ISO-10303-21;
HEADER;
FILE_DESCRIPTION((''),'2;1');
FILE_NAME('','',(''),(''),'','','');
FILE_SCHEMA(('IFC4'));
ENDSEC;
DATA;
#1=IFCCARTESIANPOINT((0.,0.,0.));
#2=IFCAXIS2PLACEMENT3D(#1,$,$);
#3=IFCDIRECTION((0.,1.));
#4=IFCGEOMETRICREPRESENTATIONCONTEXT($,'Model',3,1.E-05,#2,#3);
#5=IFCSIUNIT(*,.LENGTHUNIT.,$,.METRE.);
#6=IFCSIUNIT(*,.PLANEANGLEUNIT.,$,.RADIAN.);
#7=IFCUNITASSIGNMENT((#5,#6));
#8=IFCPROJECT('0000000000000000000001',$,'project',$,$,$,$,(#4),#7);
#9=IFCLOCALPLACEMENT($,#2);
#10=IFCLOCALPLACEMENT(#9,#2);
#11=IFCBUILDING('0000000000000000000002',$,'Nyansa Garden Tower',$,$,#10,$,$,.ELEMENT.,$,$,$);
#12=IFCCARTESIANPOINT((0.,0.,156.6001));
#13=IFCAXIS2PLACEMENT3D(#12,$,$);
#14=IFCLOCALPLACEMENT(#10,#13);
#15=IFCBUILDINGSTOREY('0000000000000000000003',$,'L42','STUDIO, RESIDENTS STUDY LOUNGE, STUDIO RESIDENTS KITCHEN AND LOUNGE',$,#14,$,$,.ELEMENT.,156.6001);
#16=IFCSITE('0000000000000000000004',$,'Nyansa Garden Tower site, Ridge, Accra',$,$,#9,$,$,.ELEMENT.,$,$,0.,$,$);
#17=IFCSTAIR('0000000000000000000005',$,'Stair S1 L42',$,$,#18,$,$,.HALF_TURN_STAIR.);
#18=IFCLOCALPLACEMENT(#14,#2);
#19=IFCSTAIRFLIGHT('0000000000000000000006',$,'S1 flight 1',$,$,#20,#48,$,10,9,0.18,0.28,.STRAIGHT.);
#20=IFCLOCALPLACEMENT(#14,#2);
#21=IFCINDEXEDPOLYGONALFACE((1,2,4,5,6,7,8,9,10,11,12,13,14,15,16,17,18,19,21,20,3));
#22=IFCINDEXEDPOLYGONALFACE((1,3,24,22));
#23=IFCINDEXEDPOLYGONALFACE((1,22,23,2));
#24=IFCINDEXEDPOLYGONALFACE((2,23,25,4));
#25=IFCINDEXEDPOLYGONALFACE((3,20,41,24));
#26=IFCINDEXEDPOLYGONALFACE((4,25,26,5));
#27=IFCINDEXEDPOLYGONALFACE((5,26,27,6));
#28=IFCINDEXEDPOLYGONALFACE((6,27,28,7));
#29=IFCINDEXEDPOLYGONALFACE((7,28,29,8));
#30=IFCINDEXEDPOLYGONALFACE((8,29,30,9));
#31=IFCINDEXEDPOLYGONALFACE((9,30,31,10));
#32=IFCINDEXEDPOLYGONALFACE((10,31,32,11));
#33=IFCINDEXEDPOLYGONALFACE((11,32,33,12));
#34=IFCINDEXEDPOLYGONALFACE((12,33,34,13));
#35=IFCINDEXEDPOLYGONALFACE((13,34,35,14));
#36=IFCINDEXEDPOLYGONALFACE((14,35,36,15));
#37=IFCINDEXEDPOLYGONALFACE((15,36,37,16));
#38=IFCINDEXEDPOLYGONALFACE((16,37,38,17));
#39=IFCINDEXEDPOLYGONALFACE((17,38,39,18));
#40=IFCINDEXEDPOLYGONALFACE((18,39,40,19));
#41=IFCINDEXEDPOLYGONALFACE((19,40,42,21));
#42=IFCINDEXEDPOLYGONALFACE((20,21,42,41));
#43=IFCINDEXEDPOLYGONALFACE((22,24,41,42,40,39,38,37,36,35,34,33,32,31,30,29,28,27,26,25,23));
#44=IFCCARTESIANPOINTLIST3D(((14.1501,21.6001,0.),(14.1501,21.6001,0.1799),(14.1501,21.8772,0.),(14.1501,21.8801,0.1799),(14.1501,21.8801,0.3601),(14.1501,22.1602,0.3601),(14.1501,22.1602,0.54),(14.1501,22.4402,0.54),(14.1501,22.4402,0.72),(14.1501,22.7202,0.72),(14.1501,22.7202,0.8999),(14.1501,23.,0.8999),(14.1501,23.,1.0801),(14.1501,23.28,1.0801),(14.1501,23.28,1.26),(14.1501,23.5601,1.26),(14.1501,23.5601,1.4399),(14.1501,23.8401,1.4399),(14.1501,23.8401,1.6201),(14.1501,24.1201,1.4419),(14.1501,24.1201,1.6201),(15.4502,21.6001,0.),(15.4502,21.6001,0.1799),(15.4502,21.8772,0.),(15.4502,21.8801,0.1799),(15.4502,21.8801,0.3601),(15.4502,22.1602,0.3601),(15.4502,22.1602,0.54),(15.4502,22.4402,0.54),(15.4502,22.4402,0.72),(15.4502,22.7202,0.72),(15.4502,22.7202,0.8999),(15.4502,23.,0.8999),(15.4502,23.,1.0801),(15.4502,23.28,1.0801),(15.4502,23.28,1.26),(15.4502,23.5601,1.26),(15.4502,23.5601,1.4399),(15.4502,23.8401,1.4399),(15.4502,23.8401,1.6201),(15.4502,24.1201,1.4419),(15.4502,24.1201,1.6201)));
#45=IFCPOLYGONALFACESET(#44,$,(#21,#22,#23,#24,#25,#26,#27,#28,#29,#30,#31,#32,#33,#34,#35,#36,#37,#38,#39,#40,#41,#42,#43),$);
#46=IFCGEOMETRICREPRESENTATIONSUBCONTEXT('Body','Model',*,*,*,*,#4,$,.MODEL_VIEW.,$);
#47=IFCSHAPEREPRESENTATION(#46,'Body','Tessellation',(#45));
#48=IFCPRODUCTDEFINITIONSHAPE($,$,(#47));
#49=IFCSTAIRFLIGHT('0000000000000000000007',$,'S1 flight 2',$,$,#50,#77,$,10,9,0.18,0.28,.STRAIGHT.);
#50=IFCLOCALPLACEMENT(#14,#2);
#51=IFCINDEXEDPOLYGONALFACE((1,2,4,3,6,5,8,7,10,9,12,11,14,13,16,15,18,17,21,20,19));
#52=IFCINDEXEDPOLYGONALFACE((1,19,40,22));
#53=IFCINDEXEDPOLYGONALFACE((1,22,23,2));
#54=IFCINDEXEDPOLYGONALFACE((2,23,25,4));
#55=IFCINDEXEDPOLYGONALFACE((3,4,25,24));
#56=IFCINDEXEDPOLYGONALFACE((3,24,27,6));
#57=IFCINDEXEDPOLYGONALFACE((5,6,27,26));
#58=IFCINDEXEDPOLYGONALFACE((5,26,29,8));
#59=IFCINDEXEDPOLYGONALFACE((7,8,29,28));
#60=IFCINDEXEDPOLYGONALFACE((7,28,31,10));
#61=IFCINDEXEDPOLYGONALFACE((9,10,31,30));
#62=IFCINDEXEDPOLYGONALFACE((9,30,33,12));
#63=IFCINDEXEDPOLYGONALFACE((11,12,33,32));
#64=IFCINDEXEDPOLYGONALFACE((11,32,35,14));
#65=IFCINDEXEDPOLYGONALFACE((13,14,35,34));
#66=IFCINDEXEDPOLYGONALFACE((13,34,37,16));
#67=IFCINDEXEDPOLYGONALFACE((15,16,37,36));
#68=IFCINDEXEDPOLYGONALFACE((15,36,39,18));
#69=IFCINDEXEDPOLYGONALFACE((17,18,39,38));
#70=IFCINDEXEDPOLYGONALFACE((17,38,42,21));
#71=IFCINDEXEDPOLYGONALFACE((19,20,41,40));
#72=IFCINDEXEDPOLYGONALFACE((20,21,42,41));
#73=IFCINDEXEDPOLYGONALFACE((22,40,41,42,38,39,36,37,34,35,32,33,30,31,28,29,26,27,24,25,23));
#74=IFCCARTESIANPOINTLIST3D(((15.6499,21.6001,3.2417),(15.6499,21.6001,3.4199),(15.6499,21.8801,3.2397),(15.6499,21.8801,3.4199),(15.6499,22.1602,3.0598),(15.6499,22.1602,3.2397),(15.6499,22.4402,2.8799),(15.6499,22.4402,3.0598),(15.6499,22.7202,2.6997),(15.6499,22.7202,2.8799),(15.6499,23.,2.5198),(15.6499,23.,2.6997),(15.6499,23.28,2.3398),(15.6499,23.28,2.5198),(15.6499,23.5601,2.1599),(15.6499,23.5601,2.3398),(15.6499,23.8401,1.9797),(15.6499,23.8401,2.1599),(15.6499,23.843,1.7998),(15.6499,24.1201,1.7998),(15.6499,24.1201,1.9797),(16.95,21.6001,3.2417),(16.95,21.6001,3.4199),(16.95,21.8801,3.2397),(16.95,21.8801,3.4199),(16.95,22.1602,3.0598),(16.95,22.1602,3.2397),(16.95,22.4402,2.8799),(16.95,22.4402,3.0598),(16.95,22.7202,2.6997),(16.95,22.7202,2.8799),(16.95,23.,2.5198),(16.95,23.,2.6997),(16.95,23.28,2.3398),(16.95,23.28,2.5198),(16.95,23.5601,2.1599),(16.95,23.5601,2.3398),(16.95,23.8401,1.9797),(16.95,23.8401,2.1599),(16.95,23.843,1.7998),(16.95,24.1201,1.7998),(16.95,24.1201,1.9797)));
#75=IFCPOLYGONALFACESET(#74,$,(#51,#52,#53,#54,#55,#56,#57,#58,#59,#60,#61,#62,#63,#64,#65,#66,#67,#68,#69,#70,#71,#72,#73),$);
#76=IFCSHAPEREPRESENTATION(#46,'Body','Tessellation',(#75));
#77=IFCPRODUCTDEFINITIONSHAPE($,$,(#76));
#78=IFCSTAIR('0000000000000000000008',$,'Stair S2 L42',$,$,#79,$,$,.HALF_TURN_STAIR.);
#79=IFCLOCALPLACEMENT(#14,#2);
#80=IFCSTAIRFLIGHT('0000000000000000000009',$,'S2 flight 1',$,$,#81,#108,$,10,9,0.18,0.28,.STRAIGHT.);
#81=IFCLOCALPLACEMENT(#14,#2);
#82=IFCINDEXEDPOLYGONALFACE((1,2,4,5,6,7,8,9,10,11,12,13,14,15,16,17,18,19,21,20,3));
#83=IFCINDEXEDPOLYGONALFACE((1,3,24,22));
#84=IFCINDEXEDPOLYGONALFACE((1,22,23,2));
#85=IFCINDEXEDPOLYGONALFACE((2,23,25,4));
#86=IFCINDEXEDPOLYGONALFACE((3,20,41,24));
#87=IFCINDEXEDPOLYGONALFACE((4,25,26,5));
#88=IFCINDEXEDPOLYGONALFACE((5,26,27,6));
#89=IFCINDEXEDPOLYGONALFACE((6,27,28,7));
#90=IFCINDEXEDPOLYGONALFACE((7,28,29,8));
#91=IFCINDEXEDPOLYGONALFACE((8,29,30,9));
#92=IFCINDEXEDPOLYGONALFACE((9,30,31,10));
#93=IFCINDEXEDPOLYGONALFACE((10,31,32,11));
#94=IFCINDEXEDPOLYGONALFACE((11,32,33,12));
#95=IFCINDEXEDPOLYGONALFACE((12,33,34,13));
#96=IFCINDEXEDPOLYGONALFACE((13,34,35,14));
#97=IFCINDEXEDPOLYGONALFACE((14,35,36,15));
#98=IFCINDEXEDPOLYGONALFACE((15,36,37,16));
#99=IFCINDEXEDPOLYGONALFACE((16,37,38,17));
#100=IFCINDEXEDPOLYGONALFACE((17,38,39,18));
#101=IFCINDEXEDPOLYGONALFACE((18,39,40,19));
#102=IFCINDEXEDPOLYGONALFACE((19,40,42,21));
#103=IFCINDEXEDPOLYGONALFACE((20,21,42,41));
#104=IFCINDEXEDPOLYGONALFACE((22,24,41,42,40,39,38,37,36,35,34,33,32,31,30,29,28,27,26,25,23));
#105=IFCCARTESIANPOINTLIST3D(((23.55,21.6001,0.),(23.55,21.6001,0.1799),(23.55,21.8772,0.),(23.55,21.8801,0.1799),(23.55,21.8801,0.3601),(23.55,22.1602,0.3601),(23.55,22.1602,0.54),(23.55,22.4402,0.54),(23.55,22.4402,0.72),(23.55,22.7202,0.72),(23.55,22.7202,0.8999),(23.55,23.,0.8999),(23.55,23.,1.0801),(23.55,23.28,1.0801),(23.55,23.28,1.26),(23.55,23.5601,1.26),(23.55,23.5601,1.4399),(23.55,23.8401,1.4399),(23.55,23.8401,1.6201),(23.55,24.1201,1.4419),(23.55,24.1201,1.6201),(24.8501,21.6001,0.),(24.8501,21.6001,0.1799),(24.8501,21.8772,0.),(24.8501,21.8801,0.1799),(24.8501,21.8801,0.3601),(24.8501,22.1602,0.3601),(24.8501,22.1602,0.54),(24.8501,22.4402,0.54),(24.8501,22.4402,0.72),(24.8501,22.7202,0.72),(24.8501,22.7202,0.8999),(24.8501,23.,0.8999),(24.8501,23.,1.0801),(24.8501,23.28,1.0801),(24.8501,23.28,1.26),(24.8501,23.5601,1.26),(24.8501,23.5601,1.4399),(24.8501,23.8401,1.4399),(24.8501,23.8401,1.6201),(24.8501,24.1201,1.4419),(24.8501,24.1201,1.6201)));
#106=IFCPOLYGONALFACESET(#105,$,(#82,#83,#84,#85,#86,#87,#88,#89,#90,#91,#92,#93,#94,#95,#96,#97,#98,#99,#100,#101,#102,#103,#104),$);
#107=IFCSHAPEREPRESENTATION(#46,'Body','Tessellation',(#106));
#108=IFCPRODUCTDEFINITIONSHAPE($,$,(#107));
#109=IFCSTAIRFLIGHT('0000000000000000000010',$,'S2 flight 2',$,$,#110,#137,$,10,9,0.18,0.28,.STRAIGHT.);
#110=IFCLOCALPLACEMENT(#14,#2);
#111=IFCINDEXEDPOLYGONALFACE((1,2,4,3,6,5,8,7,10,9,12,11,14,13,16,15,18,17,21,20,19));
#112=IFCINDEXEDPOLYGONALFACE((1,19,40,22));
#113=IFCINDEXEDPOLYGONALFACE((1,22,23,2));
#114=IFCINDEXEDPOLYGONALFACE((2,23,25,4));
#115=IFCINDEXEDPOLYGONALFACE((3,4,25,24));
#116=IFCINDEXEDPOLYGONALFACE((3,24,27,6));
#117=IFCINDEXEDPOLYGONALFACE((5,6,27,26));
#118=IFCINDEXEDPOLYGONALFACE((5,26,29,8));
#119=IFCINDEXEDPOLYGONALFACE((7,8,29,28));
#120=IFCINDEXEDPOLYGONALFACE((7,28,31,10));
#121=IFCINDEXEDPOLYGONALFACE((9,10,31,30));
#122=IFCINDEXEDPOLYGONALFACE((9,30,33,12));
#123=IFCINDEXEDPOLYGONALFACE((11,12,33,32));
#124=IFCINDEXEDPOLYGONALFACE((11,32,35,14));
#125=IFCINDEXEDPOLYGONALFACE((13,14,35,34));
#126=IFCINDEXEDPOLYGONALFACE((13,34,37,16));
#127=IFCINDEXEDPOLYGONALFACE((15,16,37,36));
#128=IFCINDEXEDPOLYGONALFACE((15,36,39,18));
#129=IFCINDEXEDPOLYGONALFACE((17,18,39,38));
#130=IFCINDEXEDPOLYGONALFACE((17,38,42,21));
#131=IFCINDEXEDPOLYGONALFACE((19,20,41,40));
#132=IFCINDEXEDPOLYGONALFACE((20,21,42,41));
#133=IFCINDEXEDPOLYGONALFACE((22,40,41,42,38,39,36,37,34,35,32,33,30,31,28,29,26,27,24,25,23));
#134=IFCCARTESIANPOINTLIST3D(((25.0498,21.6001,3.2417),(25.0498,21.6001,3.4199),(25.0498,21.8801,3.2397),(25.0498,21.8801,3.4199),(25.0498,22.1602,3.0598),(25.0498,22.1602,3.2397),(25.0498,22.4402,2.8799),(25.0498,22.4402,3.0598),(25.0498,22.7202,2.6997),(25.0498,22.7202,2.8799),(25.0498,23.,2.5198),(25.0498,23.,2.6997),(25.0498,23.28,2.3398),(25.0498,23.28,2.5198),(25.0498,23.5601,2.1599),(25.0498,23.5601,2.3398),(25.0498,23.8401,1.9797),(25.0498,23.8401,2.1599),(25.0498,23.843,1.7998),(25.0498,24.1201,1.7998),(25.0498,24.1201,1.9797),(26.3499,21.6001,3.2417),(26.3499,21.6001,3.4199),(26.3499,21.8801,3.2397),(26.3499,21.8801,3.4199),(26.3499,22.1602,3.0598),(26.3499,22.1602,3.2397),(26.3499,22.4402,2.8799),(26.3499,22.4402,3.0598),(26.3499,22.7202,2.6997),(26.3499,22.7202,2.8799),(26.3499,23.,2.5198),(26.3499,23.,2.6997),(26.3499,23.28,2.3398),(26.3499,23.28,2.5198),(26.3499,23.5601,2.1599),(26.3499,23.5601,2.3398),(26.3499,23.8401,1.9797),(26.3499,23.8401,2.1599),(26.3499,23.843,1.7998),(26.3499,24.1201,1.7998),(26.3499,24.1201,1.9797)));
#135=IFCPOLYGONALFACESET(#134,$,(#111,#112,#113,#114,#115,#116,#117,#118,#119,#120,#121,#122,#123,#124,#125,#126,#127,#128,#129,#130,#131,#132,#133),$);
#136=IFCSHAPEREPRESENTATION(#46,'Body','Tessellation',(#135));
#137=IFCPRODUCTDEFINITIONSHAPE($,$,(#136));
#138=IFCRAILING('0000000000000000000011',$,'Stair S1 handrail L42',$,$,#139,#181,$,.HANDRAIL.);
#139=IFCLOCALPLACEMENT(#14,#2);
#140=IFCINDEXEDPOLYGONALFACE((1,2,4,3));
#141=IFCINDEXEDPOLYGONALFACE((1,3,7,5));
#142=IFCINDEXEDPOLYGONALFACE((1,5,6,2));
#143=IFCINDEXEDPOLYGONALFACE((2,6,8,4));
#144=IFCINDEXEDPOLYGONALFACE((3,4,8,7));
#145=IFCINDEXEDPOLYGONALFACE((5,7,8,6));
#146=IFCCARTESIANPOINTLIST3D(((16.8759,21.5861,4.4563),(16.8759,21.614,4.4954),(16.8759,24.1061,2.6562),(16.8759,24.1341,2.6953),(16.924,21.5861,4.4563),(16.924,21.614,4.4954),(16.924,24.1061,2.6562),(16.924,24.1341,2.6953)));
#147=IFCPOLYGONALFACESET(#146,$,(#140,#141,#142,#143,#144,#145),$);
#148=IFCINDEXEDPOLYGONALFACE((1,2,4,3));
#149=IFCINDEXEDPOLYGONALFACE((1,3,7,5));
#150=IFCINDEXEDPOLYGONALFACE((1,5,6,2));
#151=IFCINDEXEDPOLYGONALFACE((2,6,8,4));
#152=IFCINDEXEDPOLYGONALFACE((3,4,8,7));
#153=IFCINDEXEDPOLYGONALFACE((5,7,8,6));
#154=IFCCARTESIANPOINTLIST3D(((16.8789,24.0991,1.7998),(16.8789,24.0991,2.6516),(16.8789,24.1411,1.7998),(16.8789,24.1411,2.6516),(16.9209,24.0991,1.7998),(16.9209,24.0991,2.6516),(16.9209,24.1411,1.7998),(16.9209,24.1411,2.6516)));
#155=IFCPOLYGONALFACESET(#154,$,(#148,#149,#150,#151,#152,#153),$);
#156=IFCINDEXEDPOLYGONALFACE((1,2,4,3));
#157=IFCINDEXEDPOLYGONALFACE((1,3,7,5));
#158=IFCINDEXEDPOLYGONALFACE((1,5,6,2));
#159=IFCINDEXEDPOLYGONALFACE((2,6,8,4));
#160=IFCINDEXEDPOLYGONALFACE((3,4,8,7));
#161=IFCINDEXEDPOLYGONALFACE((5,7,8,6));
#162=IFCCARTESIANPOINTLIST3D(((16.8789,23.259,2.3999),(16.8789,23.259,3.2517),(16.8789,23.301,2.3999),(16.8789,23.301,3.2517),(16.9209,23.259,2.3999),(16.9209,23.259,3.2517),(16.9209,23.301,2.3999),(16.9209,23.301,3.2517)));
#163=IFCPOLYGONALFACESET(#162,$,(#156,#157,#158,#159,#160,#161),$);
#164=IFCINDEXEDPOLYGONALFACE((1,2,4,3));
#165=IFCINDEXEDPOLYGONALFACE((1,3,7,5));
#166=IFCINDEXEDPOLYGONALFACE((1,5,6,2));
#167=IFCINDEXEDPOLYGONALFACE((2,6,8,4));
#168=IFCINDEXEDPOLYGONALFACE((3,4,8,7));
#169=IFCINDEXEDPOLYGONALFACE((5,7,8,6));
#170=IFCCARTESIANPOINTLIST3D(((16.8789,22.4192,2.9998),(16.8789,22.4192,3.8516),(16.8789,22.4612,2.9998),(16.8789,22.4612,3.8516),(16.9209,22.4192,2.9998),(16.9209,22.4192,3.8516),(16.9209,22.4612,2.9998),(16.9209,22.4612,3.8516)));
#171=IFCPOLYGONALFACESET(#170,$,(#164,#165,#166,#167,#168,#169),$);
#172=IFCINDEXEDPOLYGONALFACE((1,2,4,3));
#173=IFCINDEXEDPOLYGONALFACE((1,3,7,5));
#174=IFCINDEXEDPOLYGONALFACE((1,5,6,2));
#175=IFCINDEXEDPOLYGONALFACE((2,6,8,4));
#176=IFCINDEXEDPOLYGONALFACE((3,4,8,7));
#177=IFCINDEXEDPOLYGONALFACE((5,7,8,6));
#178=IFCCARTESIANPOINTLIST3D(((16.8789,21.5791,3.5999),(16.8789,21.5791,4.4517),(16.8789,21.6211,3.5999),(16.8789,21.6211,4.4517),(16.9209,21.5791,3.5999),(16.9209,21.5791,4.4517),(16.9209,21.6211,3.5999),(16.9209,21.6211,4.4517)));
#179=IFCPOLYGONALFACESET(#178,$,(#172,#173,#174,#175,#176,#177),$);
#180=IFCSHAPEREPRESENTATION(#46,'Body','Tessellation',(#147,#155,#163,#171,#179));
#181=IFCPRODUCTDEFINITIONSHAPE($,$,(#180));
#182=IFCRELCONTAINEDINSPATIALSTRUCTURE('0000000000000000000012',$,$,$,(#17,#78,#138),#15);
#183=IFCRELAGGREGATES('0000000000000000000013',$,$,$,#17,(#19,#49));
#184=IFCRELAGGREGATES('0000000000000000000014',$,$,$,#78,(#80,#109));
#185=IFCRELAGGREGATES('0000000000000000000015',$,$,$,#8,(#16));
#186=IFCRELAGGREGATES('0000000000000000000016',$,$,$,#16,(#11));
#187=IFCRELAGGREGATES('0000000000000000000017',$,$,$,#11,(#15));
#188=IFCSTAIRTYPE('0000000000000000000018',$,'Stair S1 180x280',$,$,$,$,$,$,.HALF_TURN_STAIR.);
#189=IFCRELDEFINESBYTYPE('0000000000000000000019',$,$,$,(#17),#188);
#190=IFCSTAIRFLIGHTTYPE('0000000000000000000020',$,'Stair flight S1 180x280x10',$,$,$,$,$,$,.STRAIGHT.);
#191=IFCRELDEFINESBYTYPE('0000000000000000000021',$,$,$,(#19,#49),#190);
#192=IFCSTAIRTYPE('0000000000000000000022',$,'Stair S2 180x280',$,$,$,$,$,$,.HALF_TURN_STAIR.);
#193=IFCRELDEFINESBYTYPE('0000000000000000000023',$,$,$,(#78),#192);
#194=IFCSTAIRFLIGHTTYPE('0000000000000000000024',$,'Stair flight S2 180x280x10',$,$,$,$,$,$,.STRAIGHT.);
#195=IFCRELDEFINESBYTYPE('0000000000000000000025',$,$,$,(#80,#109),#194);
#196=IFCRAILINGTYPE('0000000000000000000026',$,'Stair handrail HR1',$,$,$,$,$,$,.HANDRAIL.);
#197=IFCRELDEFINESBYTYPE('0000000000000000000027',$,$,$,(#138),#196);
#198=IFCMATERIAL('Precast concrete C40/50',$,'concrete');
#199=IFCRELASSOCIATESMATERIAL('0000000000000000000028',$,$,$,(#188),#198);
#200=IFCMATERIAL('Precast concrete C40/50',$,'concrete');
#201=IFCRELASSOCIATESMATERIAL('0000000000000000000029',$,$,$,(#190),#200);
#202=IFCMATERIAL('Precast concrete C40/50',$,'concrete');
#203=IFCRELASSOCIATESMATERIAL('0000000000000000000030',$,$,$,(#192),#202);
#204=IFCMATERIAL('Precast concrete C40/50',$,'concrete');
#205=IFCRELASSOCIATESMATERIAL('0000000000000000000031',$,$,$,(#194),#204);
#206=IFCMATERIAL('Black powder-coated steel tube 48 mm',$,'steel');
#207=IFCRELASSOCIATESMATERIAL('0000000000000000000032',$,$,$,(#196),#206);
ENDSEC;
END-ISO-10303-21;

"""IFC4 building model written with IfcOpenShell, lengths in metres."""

from ifc_helpers import new_model, si_unit, direction, frame, origin, origin_2d, place, context, subcontext, project, spatial, polyline, rectangle, outline, extrude, material, type_object, element, aggregate, save


model = new_model("IFC4")

# Units and contexts
model_context = context("Model", 3, precision=1e-05, world=origin(), true_north=direction((0.0, 1.0)))
body_context = subcontext(model_context, "Body", "Model", "MODEL_VIEW")
ifc_project = project(units=[si_unit("LENGTHUNIT", "METRE"), si_unit("PLANEANGLEUNIT", "RADIAN")], contexts=[model_context])

# Site, building, storey
site_placement = place(None, origin())
site = spatial("IfcSite", under=ifc_project, at=site_placement, Name="Nyansa Garden Tower site, Ridge, Accra", CompositionType="ELEMENT", RefElevation=0.0)
building_placement = place(site_placement, origin())
building = spatial("IfcBuilding", under=site, at=building_placement, Name="Nyansa Garden Tower", CompositionType="ELEMENT")
storey_placement = place(building_placement, frame((0.0, 0.0, 156.6001)))
storey = spatial("IfcBuildingStorey", under=building, at=storey_placement, Name="L42", Description="STUDIO, RESIDENTS STUDY LOUNGE, STUDIO RESIDENTS KITCHEN AND LOUNGE", CompositionType="ELEMENT", Elevation=156.6001)

# Stairs, stair flights
ifc_material_1 = material(Name="Precast concrete C40/50", Category="concrete")
stair_type_1 = type_object("IfcStairType", Name="Stair S1 180x280", PredefinedType="HALF_TURN_STAIR", material=ifc_material_1)
stair_1_placement = place(storey_placement, origin())
stair_1 = element("IfcStair", 1, at=stair_1_placement, inside=storey, type_object=stair_type_1, Name="Stair S1 L42", PredefinedType="HALF_TURN_STAIR")
ifc_material_2 = material(Name="Precast concrete C40/50", Category="concrete")
stair_flight_type_1 = type_object("IfcStairFlightType", Name="Stair flight S1 180x280x10", PredefinedType="STRAIGHT", material=ifc_material_2)
stair_flight_1_placement = place(storey_placement, frame((14.8, 21.6001, 0.0), z_axis=(0.0, 0.0, 1.0), x_axis=(0.0, 1.0, 0.0)))
stair_flight_1 = element("IfcStairFlight", 2, at=stair_flight_1_placement, type_object=stair_flight_type_1, Name="S1 flight 1", NumberOfRisers=10, NumberOfTreads=9, PredefinedType="STRAIGHT", RiserHeight=0.18, TreadLength=0.28, context=body_context, shape_type="SweptSolid", body=[
    extrude(outline(polyline([(0.0, 0.0), (0.0, 0.1799), (0.28, 0.1799), (0.28, 0.3601), (0.5601, 0.3601), (0.5601, 0.54), (0.8401, 0.54), (0.8401, 0.72), (1.1201, 0.72), (1.1201, 0.8999), (1.3999, 0.8999), (1.3999, 1.0801), (1.6799, 1.0801), (1.6799, 1.26), (1.96, 1.26), (1.96, 1.4399), (2.24, 1.4399), (2.24, 1.6201), (2.52, 1.6201), (2.52, 1.8), (2.52, 1.4419), (0.2771, 0.0), (0.0, 0.0)])), frame((0.0, 0.6499, 0.0), z_axis=(0.0, -1.0, 0.0), x_axis=(1.0, 0.0, 0.0)), (0.0, 0.0, 1.0), 1.3),
])
stair_flight_2_placement = place(storey_placement, frame((16.3, 24.1201, 1.7998), z_axis=(0.0, 0.0, 1.0), x_axis=(0.0, -1.0, 0.0)))
stair_flight_2 = element("IfcStairFlight", 3, at=stair_flight_2_placement, type_object=stair_flight_type_1, Name="S1 flight 2", NumberOfRisers=10, NumberOfTreads=9, PredefinedType="STRAIGHT", RiserHeight=0.18, TreadLength=0.28, context=body_context, shape_type="SweptSolid", body=[
    extrude(outline(polyline([(0.0, 0.0), (0.0, 0.1799), (0.28, 0.1799), (0.28, 0.3601), (0.5601, 0.3601), (0.5601, 0.54), (0.8401, 0.54), (0.8401, 0.72), (1.1201, 0.72), (1.1201, 0.8999), (1.3999, 0.8999), (1.3999, 1.0801), (1.6799, 1.0801), (1.6799, 1.26), (1.96, 1.26), (1.96, 1.4399), (2.24, 1.4399), (2.24, 1.6201), (2.52, 1.6201), (2.52, 1.8), (2.52, 1.4419), (0.2771, 0.0), (0.0, 0.0)])), frame((0.0, 0.6499, 0.0), z_axis=(0.0, -1.0, 0.0), x_axis=(1.0, 0.0, 0.0)), (0.0, 0.0, 1.0), 1.3),
])
aggregate(stair_1, [stair_flight_1, stair_flight_2])
ifc_material_3 = material(Name="Precast concrete C40/50", Category="concrete")
stair_type_2 = type_object("IfcStairType", Name="Stair S2 180x280", PredefinedType="HALF_TURN_STAIR", material=ifc_material_3)
stair_2_placement = place(storey_placement, origin())
stair_2 = element("IfcStair", 4, at=stair_2_placement, inside=storey, type_object=stair_type_2, Name="Stair S2 L42", PredefinedType="HALF_TURN_STAIR")
ifc_material_4 = material(Name="Precast concrete C40/50", Category="concrete")
stair_flight_type_2 = type_object("IfcStairFlightType", Name="Stair flight S2 180x280x10", PredefinedType="STRAIGHT", material=ifc_material_4)
stair_flight_3_placement = place(storey_placement, frame((24.2, 21.6001, 0.0), z_axis=(0.0, 0.0, 1.0), x_axis=(0.0, 1.0, 0.0)))
stair_flight_3 = element("IfcStairFlight", 5, at=stair_flight_3_placement, type_object=stair_flight_type_2, Name="S2 flight 1", NumberOfRisers=10, NumberOfTreads=9, PredefinedType="STRAIGHT", RiserHeight=0.18, TreadLength=0.28, context=body_context, shape_type="SweptSolid", body=[
    extrude(outline(polyline([(0.0, 0.0), (0.0, 0.1799), (0.28, 0.1799), (0.28, 0.3601), (0.5601, 0.3601), (0.5601, 0.54), (0.8401, 0.54), (0.8401, 0.72), (1.1201, 0.72), (1.1201, 0.8999), (1.3999, 0.8999), (1.3999, 1.0801), (1.6799, 1.0801), (1.6799, 1.26), (1.96, 1.26), (1.96, 1.4399), (2.24, 1.4399), (2.24, 1.6201), (2.52, 1.6201), (2.52, 1.8), (2.52, 1.4419), (0.2771, 0.0), (0.0, 0.0)])), frame((0.0, 0.6499, 0.0), z_axis=(0.0, -1.0, 0.0), x_axis=(1.0, 0.0, 0.0)), (0.0, 0.0, 1.0), 1.3),
])
stair_flight_4_placement = place(storey_placement, frame((25.7, 24.1201, 1.7998), z_axis=(0.0, 0.0, 1.0), x_axis=(0.0, -1.0, 0.0)))
stair_flight_4 = element("IfcStairFlight", 6, at=stair_flight_4_placement, type_object=stair_flight_type_2, Name="S2 flight 2", NumberOfRisers=10, NumberOfTreads=9, PredefinedType="STRAIGHT", RiserHeight=0.18, TreadLength=0.28, context=body_context, shape_type="SweptSolid", body=[
    extrude(outline(polyline([(0.0, 0.0), (0.0, 0.1799), (0.28, 0.1799), (0.28, 0.3601), (0.5601, 0.3601), (0.5601, 0.54), (0.8401, 0.54), (0.8401, 0.72), (1.1201, 0.72), (1.1201, 0.8999), (1.3999, 0.8999), (1.3999, 1.0801), (1.6799, 1.0801), (1.6799, 1.26), (1.96, 1.26), (1.96, 1.4399), (2.24, 1.4399), (2.24, 1.6201), (2.52, 1.6201), (2.52, 1.8), (2.52, 1.4419), (0.2771, 0.0), (0.0, 0.0)])), frame((0.0, 0.6499, 0.0), z_axis=(0.0, -1.0, 0.0), x_axis=(1.0, 0.0, 0.0)), (0.0, 0.0, 1.0), 1.3),
])
aggregate(stair_2, [stair_flight_3, stair_flight_4])

# Railing
ifc_material_5 = material(Name="Black powder-coated steel tube 48 mm", Category="steel")
railing_type = type_object("IfcRailingType", Name="Stair handrail HR1", PredefinedType="HANDRAIL", material=ifc_material_5)
railing_1_placement = place(storey_placement, frame((16.8999, 24.1201, 1.7998)))
element("IfcRailing", 7, at=railing_1_placement, inside=storey, type_object=railing_type, Name="Stair S1 handrail L42", PredefinedType="HANDRAIL", context=body_context, shape_type="SweptSolid", body=[
    extrude(rectangle(XDim=0.0481, YDim=0.0481, at=origin_2d()), frame((0.0, 0.0, 0.876), z_axis=(0.0, -0.813728, 0.581246), x_axis=(1.0, 0.0, 0.0)), (0.0, 0.0, 1.0), 3.0969),
    extrude(rectangle(XDim=0.042, YDim=0.042, at=origin_2d()), origin(), (0.0, 0.0, 1.0), 0.8518),
    extrude(rectangle(XDim=0.042, YDim=0.042, at=origin_2d()), frame((0.0, -0.8401, 0.6001)), (0.0, 0.0, 1.0), 0.8518),
    extrude(rectangle(XDim=0.042, YDim=0.042, at=origin_2d()), frame((0.0, -1.6799, 1.2)), (0.0, 0.0, 1.0), 0.8518),
    extrude(rectangle(XDim=0.042, YDim=0.042, at=origin_2d()), frame((0.0, -2.52, 1.8)), (0.0, 0.0, 1.0), 0.8518),
])

save(model, "model.ifc")
